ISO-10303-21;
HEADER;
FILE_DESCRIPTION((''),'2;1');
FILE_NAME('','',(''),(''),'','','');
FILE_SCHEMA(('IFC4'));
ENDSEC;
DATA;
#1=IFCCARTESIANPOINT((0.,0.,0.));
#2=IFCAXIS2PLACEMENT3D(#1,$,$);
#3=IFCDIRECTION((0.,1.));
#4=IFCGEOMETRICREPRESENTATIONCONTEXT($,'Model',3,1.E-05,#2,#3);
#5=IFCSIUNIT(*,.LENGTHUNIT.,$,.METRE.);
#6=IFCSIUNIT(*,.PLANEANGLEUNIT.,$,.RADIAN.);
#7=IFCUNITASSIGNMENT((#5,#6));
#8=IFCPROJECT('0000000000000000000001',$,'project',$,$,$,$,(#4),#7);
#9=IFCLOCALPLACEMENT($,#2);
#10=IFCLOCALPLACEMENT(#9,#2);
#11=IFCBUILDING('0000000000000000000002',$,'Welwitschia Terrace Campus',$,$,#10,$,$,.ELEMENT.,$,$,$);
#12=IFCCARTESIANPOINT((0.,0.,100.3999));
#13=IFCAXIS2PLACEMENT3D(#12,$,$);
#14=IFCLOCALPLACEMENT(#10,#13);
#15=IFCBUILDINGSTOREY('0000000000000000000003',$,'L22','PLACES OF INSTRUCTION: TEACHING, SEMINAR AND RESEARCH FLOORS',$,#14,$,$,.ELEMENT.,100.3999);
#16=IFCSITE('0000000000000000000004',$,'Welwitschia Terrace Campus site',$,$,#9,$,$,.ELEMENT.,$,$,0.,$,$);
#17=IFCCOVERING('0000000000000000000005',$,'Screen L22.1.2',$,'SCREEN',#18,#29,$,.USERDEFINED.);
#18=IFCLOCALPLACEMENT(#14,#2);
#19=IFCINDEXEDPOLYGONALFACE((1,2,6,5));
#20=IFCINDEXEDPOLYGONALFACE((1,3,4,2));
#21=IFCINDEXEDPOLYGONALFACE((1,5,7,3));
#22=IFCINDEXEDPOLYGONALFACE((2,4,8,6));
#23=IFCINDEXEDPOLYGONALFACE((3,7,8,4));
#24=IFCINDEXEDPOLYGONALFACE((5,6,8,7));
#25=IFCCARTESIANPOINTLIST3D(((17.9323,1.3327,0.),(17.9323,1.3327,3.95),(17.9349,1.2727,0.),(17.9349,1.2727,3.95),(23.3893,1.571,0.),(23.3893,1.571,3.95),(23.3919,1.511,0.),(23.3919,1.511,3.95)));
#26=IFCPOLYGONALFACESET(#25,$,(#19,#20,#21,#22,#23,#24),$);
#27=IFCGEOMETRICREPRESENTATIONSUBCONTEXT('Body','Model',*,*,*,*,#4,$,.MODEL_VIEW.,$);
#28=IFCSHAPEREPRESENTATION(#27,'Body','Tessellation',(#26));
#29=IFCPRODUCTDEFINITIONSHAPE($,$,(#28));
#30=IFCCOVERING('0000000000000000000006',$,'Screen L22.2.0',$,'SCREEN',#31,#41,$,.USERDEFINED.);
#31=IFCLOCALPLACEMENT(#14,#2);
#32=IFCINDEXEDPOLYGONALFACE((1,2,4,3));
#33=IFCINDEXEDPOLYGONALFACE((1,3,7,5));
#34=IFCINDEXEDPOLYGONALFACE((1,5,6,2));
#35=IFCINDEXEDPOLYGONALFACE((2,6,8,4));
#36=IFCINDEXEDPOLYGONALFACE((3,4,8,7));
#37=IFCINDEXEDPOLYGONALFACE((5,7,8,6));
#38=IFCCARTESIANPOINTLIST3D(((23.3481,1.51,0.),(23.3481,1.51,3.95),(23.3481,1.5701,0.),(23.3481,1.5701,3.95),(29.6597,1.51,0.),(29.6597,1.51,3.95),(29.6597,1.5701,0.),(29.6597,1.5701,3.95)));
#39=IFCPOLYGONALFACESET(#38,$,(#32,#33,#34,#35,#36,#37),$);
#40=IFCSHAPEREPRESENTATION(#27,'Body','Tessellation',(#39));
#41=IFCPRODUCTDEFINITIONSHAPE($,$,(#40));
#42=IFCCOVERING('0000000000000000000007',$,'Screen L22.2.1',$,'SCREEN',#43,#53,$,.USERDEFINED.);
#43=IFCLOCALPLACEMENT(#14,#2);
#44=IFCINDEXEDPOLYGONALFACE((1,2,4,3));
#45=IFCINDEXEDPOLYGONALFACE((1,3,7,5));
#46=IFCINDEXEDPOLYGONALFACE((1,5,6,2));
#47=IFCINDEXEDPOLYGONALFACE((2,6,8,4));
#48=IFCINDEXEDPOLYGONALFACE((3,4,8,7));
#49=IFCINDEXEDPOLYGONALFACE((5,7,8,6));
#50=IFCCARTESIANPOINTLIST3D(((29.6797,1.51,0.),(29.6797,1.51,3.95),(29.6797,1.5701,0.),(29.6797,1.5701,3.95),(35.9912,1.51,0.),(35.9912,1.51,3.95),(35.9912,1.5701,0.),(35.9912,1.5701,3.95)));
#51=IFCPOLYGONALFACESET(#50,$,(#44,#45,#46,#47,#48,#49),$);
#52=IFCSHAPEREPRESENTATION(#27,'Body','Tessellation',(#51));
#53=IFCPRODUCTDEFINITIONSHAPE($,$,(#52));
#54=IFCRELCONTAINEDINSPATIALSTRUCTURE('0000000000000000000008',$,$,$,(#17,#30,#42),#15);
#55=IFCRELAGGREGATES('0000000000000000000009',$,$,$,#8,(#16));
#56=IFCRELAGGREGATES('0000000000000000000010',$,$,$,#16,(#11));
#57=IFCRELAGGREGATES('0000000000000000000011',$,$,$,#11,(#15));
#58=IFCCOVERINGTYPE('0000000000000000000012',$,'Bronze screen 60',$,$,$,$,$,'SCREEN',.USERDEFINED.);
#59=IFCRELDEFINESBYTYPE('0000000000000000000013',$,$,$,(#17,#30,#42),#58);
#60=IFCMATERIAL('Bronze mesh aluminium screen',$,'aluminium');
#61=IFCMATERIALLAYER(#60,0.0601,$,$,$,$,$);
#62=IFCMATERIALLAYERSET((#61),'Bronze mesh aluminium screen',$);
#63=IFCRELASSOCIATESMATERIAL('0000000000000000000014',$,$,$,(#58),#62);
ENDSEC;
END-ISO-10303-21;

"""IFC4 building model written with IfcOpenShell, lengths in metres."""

from ifc_helpers import new_model, si_unit, direction, frame, origin, origin_2d, place, context, subcontext, project, spatial, rectangle, extrude, material, layer, layer_set, type_object, element, save


model = new_model("IFC4")

# Units and contexts
model_context = context("Model", 3, precision=1e-05, world=origin(), true_north=direction((0.0, 1.0)))
body_context = subcontext(model_context, "Body", "Model", "MODEL_VIEW")
ifc_project = project(units=[si_unit("LENGTHUNIT", "METRE"), si_unit("PLANEANGLEUNIT", "RADIAN")], contexts=[model_context])

# Site, building, storey
site_placement = place(None, origin())
site = spatial("IfcSite", under=ifc_project, at=site_placement, Name="Welwitschia Terrace Campus site", CompositionType="ELEMENT", RefElevation=0.0)
building_placement = place(site_placement, origin())
building = spatial("IfcBuilding", under=site, at=building_placement, Name="Welwitschia Terrace Campus", CompositionType="ELEMENT")
storey_placement = place(building_placement, frame((0.0, 0.0, 100.3999)))
storey = spatial("IfcBuildingStorey", under=building, at=storey_placement, Name="L22", Description="PLACES OF INSTRUCTION: TEACHING, SEMINAR AND RESEARCH FLOORS", CompositionType="ELEMENT", Elevation=100.3999)

# Coverings
ifc_material_1 = material(Name="Bronze mesh aluminium screen", Category="aluminium")
ifc_layer_1 = layer(ifc_material_1, 0.0601)
ifc_layer_set_1 = layer_set([ifc_layer_1], Name="Bronze mesh aluminium screen")
covering_type = type_object("IfcCoveringType", Name="Bronze screen 60", ElementType="SCREEN", PredefinedType="USERDEFINED", material=ifc_layer_set_1)
covering_placement = place(storey_placement, frame((20.6621, 1.4219, 0.0), z_axis=(0.0, 0.0, 1.0), x_axis=(0.999048, 0.043619, 0.0)))
element("IfcCovering", 1, at=covering_placement, inside=storey, type_object=covering_type, Name="Screen L22.1.2", ObjectType="SCREEN", PredefinedType="USERDEFINED", context=body_context, shape_type="SweptSolid", body=[
    extrude(rectangle(XDim=5.4622, YDim=0.0601, at=origin_2d()), origin(), (0.0, 0.0, 1.0), 3.95),
])
for number, where, z_axis, x_axis, name in (
    (2, (26.5039, 1.54, 0.0), (0.0, 0.0, 1.0), (1.0, 0.0, 0.0), "Screen L22.2.0"),
    (3, (32.8354, 1.54, 0.0), (0.0, 0.0, 1.0), (1.0, 0.0, 0.0), "Screen L22.2.1"),
):
    element("IfcCovering", number, at=place(storey_placement, frame(where, z_axis=z_axis, x_axis=x_axis)), inside=storey, type_object=covering_type, Name=name, ObjectType="SCREEN", PredefinedType="USERDEFINED", context=body_context, shape_type="SweptSolid", body=[
        extrude(rectangle(XDim=6.3115, YDim=0.0601, at=origin_2d()), origin(), (0.0, 0.0, 1.0), 3.95),
    ])

save(model, "model.ifc")
